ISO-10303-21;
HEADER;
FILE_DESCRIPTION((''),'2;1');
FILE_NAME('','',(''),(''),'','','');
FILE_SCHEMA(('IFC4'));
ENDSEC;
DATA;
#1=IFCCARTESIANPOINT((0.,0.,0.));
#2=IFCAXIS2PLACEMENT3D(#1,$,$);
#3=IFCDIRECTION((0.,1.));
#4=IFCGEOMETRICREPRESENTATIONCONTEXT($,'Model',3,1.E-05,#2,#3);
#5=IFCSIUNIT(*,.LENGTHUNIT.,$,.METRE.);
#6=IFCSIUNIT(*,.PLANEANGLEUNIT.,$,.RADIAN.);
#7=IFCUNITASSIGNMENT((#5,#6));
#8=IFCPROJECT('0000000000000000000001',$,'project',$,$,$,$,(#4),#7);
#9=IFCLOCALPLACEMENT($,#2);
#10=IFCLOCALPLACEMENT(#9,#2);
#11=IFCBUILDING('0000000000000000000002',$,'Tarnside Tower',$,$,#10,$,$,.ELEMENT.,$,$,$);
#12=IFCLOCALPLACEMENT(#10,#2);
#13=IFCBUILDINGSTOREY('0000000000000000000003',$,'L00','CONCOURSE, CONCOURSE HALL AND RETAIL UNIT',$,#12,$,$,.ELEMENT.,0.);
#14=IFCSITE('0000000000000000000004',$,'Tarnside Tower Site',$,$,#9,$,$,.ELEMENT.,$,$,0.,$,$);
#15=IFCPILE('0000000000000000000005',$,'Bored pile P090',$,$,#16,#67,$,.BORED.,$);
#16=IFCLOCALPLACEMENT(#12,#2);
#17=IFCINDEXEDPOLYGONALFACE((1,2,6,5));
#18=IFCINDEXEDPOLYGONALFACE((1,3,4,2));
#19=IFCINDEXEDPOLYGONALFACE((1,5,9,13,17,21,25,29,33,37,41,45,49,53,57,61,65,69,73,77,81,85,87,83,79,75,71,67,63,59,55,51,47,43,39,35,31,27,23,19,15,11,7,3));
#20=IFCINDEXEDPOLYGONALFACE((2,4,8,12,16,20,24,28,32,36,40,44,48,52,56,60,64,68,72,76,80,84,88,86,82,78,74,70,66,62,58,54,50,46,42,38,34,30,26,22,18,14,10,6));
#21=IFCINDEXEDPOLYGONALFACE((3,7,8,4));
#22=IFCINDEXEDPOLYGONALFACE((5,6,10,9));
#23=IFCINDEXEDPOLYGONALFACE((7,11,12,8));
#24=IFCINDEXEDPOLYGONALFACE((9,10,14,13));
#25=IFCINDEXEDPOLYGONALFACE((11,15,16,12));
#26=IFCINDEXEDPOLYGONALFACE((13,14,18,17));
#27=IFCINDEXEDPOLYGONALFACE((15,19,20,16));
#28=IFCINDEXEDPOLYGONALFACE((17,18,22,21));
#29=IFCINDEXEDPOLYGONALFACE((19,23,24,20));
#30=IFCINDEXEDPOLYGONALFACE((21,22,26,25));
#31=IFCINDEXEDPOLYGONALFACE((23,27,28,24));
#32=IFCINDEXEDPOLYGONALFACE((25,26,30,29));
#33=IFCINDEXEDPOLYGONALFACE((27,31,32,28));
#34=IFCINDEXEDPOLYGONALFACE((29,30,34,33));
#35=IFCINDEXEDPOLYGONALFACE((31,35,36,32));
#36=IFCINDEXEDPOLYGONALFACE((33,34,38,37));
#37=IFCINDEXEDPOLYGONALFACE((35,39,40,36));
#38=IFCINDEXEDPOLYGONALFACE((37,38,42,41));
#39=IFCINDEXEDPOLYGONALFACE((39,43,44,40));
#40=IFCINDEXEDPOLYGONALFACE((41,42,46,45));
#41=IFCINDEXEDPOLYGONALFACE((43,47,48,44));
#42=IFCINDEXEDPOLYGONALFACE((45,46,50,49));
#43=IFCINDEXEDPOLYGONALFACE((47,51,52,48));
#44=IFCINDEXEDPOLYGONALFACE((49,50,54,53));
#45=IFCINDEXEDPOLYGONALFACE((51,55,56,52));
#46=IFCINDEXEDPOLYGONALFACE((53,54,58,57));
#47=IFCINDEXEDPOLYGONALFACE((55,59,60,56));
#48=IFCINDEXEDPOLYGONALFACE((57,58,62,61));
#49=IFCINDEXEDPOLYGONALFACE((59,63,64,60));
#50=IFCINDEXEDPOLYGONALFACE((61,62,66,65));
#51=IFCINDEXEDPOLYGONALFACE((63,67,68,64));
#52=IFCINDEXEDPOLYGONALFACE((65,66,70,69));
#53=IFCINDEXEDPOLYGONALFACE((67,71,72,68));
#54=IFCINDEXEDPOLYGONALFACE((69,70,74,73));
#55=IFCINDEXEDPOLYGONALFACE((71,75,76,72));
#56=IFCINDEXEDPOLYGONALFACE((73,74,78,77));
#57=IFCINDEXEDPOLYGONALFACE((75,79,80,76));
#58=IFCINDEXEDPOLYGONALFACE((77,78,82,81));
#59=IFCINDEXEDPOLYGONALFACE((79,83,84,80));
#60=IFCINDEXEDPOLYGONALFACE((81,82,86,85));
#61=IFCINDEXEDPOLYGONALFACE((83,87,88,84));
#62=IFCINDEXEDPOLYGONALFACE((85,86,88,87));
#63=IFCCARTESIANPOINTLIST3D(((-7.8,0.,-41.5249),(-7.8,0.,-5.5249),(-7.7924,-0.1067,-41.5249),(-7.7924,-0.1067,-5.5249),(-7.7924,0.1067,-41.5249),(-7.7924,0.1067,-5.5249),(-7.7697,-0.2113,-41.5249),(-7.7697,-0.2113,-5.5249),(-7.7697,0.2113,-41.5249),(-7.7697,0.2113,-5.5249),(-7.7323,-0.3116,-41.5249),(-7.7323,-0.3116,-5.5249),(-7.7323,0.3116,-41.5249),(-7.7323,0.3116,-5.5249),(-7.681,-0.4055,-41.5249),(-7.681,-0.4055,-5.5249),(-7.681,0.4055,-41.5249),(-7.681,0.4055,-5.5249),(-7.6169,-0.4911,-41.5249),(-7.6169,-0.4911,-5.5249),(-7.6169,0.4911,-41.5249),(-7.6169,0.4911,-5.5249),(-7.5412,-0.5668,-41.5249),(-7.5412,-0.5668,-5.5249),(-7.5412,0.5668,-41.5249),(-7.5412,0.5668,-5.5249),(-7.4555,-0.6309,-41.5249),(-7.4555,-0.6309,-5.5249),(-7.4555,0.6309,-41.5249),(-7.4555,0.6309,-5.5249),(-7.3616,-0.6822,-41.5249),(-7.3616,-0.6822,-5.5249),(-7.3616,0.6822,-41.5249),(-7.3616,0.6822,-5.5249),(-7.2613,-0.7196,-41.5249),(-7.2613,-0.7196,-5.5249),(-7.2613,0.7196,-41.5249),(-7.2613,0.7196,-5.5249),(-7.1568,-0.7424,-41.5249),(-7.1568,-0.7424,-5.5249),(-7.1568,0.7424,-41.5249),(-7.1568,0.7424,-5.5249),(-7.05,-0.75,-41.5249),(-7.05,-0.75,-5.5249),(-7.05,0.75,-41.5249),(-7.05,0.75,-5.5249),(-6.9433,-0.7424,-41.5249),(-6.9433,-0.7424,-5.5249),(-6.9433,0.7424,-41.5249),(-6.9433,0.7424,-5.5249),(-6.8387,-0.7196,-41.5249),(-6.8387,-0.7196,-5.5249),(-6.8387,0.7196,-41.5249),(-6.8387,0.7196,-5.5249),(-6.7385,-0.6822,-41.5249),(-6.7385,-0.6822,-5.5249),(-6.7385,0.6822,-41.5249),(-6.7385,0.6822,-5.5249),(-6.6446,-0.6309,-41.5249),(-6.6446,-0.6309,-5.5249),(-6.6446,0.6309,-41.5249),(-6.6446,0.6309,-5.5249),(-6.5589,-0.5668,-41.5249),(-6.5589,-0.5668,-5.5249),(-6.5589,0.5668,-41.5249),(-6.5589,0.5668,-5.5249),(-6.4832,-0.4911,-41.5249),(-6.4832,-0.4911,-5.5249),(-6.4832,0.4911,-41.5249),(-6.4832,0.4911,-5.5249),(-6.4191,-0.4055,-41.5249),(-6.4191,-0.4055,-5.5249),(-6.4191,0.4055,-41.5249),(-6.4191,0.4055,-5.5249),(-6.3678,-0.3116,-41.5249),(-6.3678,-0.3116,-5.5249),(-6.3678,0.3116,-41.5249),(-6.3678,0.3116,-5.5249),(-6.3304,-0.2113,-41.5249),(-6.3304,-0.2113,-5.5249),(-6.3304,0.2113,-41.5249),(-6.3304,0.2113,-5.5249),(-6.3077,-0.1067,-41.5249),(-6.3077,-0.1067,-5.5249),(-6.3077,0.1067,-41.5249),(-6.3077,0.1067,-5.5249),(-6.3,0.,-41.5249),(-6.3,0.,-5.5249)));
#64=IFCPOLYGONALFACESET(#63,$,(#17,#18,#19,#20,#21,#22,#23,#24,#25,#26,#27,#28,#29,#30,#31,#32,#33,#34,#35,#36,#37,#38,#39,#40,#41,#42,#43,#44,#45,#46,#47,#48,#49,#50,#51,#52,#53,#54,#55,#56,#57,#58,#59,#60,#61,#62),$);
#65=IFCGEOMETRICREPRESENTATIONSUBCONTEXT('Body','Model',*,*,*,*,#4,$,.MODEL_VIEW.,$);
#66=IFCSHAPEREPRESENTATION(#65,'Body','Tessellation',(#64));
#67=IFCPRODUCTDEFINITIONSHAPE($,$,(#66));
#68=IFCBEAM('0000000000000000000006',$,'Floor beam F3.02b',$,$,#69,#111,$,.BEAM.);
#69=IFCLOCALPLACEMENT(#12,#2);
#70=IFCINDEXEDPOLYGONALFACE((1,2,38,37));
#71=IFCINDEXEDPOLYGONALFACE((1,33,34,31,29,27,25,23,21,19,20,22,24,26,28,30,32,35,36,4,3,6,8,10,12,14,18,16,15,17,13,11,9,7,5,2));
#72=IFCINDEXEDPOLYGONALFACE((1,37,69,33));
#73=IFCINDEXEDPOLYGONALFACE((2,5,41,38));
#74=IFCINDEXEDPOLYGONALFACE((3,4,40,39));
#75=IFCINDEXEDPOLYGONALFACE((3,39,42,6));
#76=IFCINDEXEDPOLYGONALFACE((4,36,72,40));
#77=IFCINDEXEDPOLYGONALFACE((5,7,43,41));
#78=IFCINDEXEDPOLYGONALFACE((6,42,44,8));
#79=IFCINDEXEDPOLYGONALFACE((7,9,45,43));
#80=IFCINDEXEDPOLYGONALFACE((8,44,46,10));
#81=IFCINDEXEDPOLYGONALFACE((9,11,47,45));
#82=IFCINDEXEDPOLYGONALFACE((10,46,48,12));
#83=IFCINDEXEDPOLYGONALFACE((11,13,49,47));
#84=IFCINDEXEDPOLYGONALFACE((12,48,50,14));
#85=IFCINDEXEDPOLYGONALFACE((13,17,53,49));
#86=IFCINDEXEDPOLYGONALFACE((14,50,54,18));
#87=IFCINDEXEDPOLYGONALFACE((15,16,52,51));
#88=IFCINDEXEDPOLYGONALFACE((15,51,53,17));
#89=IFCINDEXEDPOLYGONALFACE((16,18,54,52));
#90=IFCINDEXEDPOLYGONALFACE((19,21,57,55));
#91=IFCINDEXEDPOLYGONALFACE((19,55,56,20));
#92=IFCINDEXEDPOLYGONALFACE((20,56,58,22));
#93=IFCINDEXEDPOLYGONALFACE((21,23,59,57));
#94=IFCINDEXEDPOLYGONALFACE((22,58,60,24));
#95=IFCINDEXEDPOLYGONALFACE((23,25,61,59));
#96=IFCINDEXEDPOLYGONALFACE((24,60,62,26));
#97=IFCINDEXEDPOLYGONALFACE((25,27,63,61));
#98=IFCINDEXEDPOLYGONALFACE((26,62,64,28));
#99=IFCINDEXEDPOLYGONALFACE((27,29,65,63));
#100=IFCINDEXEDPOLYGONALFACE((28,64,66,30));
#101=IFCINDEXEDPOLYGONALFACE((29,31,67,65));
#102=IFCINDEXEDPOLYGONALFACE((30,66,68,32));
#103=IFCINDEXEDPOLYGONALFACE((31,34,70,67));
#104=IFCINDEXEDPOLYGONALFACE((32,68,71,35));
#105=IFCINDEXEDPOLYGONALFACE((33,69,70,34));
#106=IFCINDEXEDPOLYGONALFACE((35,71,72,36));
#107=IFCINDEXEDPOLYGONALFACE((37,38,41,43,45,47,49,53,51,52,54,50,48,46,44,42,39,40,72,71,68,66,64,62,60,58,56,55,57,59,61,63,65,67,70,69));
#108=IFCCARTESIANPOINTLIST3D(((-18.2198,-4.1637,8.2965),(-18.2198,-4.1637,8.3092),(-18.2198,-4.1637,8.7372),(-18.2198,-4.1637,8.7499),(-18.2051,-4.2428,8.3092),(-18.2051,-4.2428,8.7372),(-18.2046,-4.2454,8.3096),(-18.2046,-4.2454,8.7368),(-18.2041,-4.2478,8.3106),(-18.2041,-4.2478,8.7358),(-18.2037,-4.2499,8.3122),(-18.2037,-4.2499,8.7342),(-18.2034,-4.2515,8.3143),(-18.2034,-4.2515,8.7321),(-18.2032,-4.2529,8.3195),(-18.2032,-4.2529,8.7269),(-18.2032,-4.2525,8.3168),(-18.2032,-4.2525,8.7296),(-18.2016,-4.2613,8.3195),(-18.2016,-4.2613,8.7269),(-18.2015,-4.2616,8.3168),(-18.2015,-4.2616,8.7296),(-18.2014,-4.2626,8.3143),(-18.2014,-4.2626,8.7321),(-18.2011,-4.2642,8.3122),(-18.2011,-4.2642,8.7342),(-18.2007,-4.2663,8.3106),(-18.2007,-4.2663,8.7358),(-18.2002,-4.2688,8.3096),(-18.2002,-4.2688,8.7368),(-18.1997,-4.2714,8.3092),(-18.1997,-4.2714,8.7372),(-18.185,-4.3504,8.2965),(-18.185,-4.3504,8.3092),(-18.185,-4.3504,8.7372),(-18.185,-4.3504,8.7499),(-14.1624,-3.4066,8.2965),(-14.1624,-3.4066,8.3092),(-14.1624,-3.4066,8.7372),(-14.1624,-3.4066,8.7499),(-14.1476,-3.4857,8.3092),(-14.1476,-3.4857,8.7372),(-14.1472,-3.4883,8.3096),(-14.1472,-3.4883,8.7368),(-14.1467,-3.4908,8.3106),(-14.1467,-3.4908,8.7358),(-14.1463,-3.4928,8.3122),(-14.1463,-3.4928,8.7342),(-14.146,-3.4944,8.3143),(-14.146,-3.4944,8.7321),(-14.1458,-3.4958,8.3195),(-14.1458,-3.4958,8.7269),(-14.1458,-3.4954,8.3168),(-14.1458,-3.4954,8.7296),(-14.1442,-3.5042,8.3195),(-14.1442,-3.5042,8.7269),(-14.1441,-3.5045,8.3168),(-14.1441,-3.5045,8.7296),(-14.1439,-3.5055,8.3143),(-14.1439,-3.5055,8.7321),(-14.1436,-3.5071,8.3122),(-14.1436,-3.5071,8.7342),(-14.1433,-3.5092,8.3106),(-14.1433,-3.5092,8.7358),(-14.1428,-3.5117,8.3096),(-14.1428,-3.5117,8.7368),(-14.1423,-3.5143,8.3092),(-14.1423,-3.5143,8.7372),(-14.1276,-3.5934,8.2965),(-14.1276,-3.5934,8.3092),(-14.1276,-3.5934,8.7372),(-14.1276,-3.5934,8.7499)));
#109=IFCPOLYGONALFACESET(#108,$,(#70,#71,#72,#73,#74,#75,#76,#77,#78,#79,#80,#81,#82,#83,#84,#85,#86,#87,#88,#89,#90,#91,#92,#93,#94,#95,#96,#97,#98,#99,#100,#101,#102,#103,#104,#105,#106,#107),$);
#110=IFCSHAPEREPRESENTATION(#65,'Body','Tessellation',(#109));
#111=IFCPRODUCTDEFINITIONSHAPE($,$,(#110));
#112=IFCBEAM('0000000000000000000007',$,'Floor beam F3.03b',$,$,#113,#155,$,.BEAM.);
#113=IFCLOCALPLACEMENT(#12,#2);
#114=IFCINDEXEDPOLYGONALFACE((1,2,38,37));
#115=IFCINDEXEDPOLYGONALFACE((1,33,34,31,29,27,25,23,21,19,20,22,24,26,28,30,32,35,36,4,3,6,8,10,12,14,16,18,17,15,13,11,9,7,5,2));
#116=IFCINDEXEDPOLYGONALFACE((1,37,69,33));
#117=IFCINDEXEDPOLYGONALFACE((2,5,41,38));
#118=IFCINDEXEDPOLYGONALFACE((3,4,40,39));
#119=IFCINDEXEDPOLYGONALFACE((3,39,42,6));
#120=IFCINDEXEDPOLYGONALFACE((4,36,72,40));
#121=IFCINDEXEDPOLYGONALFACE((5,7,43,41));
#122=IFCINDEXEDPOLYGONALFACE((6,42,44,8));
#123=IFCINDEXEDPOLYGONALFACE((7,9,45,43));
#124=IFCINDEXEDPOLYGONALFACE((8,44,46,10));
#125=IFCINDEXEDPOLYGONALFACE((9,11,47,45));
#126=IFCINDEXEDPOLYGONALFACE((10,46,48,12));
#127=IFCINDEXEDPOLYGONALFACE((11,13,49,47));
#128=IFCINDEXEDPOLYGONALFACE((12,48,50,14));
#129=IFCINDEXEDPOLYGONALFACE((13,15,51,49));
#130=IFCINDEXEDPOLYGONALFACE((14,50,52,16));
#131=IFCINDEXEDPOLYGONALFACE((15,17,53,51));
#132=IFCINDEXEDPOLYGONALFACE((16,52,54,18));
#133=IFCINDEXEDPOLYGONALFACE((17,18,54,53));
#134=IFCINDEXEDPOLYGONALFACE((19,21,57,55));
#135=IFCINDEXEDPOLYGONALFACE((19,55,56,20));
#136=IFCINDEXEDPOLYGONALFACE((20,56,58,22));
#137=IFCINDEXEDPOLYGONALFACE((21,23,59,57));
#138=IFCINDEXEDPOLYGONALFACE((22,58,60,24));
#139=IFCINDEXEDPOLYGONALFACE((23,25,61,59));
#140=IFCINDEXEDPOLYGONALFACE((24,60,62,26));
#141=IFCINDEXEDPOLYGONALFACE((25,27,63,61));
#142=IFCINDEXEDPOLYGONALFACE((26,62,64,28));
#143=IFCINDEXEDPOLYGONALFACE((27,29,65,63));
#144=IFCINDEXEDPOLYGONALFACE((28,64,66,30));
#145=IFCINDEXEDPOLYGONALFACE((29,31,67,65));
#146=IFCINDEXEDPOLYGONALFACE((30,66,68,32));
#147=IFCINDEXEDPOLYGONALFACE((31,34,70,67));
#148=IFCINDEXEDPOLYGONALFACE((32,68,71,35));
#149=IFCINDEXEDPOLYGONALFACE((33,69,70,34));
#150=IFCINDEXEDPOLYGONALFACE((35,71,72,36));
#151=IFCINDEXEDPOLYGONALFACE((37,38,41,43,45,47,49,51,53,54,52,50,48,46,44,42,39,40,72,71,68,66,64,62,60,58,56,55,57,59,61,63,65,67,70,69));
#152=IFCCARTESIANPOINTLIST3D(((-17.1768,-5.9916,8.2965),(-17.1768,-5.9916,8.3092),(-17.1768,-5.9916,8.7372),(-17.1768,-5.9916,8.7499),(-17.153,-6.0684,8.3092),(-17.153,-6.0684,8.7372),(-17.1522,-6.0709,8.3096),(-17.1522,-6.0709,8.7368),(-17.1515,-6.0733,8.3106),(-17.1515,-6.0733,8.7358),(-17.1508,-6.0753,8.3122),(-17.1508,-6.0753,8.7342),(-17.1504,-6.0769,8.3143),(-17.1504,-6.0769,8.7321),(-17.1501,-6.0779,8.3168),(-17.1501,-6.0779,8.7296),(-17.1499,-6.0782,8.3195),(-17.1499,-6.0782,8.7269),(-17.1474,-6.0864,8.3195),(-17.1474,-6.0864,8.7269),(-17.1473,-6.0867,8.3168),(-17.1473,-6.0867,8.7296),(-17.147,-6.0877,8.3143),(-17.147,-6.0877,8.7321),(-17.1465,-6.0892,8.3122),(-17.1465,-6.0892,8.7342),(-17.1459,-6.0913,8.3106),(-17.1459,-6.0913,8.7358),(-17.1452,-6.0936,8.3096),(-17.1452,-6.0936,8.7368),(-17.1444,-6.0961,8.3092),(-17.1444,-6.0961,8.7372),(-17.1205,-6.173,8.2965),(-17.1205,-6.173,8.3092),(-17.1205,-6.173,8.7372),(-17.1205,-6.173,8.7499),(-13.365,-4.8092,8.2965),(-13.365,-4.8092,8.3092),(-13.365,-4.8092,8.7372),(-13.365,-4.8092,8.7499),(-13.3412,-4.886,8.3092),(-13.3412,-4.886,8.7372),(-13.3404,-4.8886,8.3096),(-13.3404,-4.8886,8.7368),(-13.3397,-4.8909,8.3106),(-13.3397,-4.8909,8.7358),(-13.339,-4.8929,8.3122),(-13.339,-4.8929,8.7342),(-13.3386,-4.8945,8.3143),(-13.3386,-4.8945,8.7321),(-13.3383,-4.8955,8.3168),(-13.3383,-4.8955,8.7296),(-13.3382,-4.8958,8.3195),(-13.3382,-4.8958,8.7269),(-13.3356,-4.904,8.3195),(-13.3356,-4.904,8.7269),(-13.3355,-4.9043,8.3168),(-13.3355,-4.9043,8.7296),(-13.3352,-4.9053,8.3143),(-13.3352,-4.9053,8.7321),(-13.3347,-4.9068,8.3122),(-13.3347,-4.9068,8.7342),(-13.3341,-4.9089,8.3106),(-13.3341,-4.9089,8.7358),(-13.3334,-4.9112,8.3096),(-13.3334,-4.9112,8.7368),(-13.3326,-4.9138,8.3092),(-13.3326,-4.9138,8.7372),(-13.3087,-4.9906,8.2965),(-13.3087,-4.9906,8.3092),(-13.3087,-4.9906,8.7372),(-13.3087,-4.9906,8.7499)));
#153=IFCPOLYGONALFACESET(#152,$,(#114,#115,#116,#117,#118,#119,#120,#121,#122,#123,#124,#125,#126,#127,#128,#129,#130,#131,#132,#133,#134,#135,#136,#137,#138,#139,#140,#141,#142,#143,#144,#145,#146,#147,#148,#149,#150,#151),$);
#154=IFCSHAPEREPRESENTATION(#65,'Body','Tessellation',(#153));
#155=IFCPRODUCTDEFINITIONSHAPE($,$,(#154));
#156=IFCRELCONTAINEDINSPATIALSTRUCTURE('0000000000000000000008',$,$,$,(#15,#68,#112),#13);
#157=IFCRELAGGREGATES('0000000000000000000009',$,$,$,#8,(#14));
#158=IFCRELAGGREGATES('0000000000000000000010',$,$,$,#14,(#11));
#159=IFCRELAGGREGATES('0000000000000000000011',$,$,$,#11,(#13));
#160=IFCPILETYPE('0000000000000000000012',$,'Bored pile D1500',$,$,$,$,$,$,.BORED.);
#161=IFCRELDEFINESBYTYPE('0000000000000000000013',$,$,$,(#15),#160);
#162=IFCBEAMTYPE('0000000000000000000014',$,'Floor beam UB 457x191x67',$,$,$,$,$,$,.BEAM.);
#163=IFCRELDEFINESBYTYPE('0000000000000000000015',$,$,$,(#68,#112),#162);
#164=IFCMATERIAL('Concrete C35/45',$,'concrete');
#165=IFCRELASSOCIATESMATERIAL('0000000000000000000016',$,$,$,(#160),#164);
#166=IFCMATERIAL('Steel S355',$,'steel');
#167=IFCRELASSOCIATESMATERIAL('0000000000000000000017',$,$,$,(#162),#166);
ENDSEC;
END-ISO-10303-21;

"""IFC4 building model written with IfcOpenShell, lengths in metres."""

from ifc_helpers import new_model, si_unit, direction, frame, origin, origin_2d, place, context, subcontext, project, spatial, circle, i_section, extrude, material, material_profile, profile_set, type_object, element, save


model = new_model("IFC4")

# Units and contexts
model_context = context("Model", 3, precision=1e-05, world=origin(), true_north=direction((0.0, 1.0)))
body_context = subcontext(model_context, "Body", "Model", "MODEL_VIEW")
ifc_project = project(units=[si_unit("LENGTHUNIT", "METRE"), si_unit("PLANEANGLEUNIT", "RADIAN")], contexts=[model_context])

# Site, building, storey
site_placement = place(None, origin())
site = spatial("IfcSite", under=ifc_project, at=site_placement, Name="Tarnside Tower Site", CompositionType="ELEMENT", RefElevation=0.0)
building_placement = place(site_placement, origin())
building = spatial("IfcBuilding", under=site, at=building_placement, Name="Tarnside Tower", CompositionType="ELEMENT")
storey_placement = place(building_placement, origin())
storey = spatial("IfcBuildingStorey", under=building, at=storey_placement, Name="L00", Description="CONCOURSE, CONCOURSE HALL AND RETAIL UNIT", CompositionType="ELEMENT", Elevation=0.0)

# Pile
ifc_material_1 = material(Name="Concrete C35/45", Category="concrete")
ifc_material_profile_1 = material_profile(ifc_material_1, circle(Radius=0.75, at=origin_2d()), Name="Bored pile D1500")
ifc_profile_set_1 = profile_set([ifc_material_profile_1], Name="Concrete C35/45")
pile_type = type_object("IfcPileType", Name="Bored pile D1500", PredefinedType="BORED", material=ifc_profile_set_1)
for number, where, z_axis, x_axis, name in (
    (1, (-7.05, 0.0, -5.5249), (0.0, 0.0, -1.0), (1.0, 0.0, 0.0), "Bored pile P090"),
):
    element("IfcPile", number, at=place(storey_placement, frame(where, z_axis=z_axis, x_axis=x_axis)), inside=storey, type_object=pile_type, Name=name, PredefinedType="BORED", context=body_context, shape_type="SweptSolid", body=[
        extrude(circle(Radius=0.75, at=origin_2d()), origin(), (0.0, 0.0, 1.0), 36.0),
    ])

# Beams
ifc_material_2 = material(Name="Steel S355", Category="steel")
ifc_material_profile_2 = material_profile(ifc_material_2, i_section(OverallWidth=0.1899, OverallDepth=0.4534, WebThickness=0.0085, FlangeThickness=0.0127, FilletRadius=0.0103, at=origin_2d()), Name="UB 457x191x67")
ifc_profile_set_2 = profile_set([ifc_material_profile_2], Name="Steel S355")
beam_type = type_object("IfcBeamType", Name="Floor beam UB 457x191x67", PredefinedType="BEAM", material=ifc_profile_set_2)
beam_1_placement = place(storey_placement, frame((-18.2024, -4.2571, 8.5232), z_axis=(0.983033, 0.183428, 0.0), x_axis=(-0.183428, 0.983033, 0.0)))
element("IfcBeam", 2, at=beam_1_placement, inside=storey, type_object=beam_type, Name="Floor beam F3.02b", PredefinedType="BEAM", context=body_context, shape_type="SweptSolid", body=[
    extrude(i_section(OverallWidth=0.1899, OverallDepth=0.4534, WebThickness=0.0085, FlangeThickness=0.0127, FilletRadius=0.0103, at=origin_2d()), origin(), (0.0, 0.0, 1.0), 4.1274),
])
beam_2_placement = place(storey_placement, frame((-17.1487, -6.0823, 8.5232), z_axis=(0.955106, 0.296265, 0.0), x_axis=(-0.296265, 0.955106, 0.0)))
element("IfcBeam", 3, at=beam_2_placement, inside=storey, type_object=beam_type, Name="Floor beam F3.03b", PredefinedType="BEAM", context=body_context, shape_type="SweptSolid", body=[
    extrude(i_section(OverallWidth=0.1899, OverallDepth=0.4534, WebThickness=0.0085, FlangeThickness=0.0127, FilletRadius=0.0103, at=origin_2d()), origin(), (0.0, 0.0, 1.0), 3.991),
])

save(model, "model.ifc")
